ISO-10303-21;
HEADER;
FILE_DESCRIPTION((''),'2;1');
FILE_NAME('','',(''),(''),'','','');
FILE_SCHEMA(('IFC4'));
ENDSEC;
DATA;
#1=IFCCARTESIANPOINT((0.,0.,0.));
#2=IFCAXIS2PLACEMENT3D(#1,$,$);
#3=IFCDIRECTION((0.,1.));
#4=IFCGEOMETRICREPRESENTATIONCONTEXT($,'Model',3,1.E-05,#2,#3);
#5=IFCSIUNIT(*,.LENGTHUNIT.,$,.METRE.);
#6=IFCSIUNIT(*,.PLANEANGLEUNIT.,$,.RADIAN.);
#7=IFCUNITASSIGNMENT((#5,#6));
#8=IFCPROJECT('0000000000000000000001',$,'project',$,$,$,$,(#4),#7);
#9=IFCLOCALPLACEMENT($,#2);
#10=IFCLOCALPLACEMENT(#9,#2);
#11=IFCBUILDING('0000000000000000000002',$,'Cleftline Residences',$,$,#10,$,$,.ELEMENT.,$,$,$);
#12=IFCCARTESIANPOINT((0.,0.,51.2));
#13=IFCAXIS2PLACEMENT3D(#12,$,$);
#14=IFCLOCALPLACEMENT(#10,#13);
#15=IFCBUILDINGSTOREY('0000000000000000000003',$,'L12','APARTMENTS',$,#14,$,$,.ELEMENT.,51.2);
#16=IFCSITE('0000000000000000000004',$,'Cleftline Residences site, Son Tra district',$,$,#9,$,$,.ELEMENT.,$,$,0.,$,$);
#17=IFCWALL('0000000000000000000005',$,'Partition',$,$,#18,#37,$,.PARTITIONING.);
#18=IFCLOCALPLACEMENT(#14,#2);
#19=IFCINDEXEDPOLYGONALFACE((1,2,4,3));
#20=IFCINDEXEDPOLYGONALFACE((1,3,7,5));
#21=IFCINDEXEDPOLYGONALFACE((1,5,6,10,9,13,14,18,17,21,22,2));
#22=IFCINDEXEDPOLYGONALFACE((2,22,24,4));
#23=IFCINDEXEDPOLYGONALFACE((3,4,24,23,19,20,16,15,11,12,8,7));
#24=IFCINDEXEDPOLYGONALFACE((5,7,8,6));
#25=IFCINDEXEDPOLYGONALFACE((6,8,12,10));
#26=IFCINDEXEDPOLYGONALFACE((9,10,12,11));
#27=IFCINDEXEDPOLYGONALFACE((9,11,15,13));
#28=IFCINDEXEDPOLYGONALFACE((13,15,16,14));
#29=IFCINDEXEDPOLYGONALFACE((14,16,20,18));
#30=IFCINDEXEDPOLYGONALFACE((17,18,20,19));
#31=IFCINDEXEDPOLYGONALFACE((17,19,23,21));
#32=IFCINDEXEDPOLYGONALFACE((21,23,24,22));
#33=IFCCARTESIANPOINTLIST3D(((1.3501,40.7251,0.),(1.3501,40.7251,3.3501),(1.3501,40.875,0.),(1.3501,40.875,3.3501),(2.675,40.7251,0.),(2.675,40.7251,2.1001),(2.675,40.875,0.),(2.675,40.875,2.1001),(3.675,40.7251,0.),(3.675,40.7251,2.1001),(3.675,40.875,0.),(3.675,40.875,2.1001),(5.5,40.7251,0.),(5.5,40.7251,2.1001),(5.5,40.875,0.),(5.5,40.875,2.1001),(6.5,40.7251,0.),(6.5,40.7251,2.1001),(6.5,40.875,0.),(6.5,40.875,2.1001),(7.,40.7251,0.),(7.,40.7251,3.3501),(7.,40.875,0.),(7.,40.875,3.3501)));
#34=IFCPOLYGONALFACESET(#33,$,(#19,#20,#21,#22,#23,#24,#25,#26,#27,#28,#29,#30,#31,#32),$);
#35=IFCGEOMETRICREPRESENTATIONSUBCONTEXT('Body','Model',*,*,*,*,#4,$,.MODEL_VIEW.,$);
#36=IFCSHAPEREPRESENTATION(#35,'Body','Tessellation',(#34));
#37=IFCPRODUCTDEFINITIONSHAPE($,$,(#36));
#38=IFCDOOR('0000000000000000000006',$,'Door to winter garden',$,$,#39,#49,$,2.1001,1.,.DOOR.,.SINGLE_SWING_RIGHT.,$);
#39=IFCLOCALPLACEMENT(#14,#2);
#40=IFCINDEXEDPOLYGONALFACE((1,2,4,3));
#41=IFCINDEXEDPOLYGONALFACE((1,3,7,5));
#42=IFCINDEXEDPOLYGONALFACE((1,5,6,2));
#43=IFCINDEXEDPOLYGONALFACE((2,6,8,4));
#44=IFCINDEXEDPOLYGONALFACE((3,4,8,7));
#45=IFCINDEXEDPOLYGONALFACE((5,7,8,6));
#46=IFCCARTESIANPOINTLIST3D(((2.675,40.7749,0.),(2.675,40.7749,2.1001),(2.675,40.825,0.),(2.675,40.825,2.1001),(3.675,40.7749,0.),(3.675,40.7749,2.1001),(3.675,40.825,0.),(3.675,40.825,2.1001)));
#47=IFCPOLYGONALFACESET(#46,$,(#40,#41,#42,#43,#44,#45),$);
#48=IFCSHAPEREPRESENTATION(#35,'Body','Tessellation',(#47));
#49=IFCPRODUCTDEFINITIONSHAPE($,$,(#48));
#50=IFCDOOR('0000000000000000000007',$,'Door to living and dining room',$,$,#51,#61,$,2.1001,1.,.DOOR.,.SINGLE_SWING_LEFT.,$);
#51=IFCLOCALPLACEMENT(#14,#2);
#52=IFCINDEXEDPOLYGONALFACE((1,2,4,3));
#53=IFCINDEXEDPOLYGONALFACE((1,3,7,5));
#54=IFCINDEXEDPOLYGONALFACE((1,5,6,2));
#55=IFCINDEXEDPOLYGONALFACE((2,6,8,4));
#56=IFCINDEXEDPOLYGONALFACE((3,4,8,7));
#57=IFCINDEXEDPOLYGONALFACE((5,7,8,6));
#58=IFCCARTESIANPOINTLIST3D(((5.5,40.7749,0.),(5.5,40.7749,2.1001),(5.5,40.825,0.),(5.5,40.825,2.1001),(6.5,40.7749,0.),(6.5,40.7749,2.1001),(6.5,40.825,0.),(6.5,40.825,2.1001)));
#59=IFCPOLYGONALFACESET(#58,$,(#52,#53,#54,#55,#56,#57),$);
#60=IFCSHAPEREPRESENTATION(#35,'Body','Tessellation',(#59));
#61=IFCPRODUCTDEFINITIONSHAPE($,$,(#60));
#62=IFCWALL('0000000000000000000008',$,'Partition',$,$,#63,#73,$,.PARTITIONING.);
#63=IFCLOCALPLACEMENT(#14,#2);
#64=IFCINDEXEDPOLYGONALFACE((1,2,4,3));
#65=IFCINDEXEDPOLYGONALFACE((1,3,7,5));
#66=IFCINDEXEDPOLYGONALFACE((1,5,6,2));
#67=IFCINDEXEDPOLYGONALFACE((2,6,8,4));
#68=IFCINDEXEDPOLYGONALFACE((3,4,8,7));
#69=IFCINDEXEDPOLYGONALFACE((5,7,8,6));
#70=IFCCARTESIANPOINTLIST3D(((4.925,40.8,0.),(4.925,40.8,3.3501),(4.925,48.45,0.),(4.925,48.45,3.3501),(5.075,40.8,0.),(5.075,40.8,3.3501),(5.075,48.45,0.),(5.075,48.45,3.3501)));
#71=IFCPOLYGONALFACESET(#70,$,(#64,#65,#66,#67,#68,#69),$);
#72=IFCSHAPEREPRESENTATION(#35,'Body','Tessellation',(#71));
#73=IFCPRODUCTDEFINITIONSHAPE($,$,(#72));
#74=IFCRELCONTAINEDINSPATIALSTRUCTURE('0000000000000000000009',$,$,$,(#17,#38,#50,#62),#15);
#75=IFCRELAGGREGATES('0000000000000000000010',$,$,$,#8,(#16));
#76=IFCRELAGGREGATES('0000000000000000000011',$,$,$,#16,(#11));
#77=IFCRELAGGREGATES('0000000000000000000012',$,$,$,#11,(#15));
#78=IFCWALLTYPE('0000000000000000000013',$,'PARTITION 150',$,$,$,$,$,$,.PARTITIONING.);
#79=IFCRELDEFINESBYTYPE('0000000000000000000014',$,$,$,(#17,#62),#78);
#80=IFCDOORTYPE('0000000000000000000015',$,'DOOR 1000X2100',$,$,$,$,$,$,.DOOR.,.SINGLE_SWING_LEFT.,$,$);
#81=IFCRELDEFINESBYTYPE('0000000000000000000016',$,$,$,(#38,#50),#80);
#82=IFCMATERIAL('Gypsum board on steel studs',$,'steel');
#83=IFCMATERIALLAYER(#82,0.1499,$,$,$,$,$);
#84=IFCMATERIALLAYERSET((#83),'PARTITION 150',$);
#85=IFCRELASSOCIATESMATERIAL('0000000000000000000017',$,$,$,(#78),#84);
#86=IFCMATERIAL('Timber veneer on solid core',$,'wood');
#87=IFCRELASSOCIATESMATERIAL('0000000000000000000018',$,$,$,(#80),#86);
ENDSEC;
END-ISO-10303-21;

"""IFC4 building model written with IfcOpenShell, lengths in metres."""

from ifc_helpers import new_model, si_unit, direction, frame, frame_2d, origin, place, context, subcontext, project, spatial, rectangle, extrude, material, layer, layer_set, type_object, element, fill, save


model = new_model("IFC4")

# Units and contexts
model_context = context("Model", 3, precision=1e-05, world=origin(), true_north=direction((0.0, 1.0)))
body_context = subcontext(model_context, "Body", "Model", "MODEL_VIEW")
ifc_project = project(units=[si_unit("LENGTHUNIT", "METRE"), si_unit("PLANEANGLEUNIT", "RADIAN")], contexts=[model_context])

# Site, building, storey
site_placement = place(None, origin())
site = spatial("IfcSite", under=ifc_project, at=site_placement, Name="Cleftline Residences site, Son Tra district", CompositionType="ELEMENT", RefElevation=0.0)
building_placement = place(site_placement, origin())
building = spatial("IfcBuilding", under=site, at=building_placement, Name="Cleftline Residences", CompositionType="ELEMENT")
storey_placement = place(building_placement, frame((0.0, 0.0, 51.2)))
storey = spatial("IfcBuildingStorey", under=building, at=storey_placement, Name="L12", Description="APARTMENTS", CompositionType="ELEMENT", Elevation=51.2)

# Wall, openings, doors
ifc_material_1 = material(Name="Gypsum board on steel studs", Category="steel")
ifc_layer_1 = layer(ifc_material_1, 0.1499)
ifc_layer_set_1 = layer_set([ifc_layer_1], Name="PARTITION 150")
wall_type_1 = type_object("IfcWallType", Name="PARTITION 150", PredefinedType="PARTITIONING", material=ifc_layer_set_1)
wall_1_placement = place(storey_placement, frame((1.3501, 40.8, 0.0), z_axis=(0.0, 0.0, 1.0), x_axis=(1.0, 0.0, 0.0)))
wall_1 = element("IfcWall", 1, at=wall_1_placement, inside=storey, type_object=wall_type_1, Name="Partition", PredefinedType="PARTITIONING", context=body_context, shape_type="SweptSolid", body=[
    extrude(rectangle(XDim=5.6499, YDim=0.1499, at=frame_2d((2.825, 0.0))), origin(), (0.0, 0.0, 1.0), 3.3501),
])
opening_1_placement = place(wall_1_placement, frame((1.325, 0.0, 0.0)))
opening_1 = element("IfcOpeningElement", 2, at=opening_1_placement, cuts=wall_1, PredefinedType="OPENING", context=body_context, shape_type="SweptSolid", body=[
    extrude(rectangle(XDim=1.0, YDim=2.1001, at=frame_2d((0.5, 1.05))), frame((0.0, 0.085, 0.0), z_axis=(0.0, -1.0, 0.0), x_axis=(1.0, 0.0, 0.0)), (0.0, 0.0, 1.0), 0.1699),
])
opening_2_placement = place(wall_1_placement, frame((4.1499, 0.0, 0.0)))
opening_2 = element("IfcOpeningElement", 3, at=opening_2_placement, cuts=wall_1, PredefinedType="OPENING", context=body_context, shape_type="SweptSolid", body=[
    extrude(rectangle(XDim=1.0, YDim=2.1001, at=frame_2d((0.5, 1.05))), frame((0.0, 0.085, 0.0), z_axis=(0.0, -1.0, 0.0), x_axis=(1.0, 0.0, 0.0)), (0.0, 0.0, 1.0), 0.1699),
])
ifc_material_2 = material(Name="Timber veneer on solid core", Category="wood")
door_type = type_object("IfcDoorType", Name="DOOR 1000X2100", OperationType="SINGLE_SWING_LEFT", PredefinedType="DOOR", material=ifc_material_2)
door_1_placement = place(opening_1_placement, origin())
door_1 = element("IfcDoor", 4, at=door_1_placement, inside=storey, type_object=door_type, Name="Door to winter garden", OperationType="SINGLE_SWING_RIGHT", OverallHeight=2.1001, OverallWidth=1.0, PredefinedType="DOOR", context=body_context, shape_type="SweptSolid", body=[
    extrude(rectangle(XDim=1.0, YDim=2.1001, at=frame_2d((0.5, 1.05))), frame((0.0, 0.0249, 0.0), z_axis=(0.0, -1.0, 0.0), x_axis=(1.0, 0.0, 0.0)), (0.0, 0.0, 1.0), 0.05),
])
fill(opening_1, door_1)
door_2_placement = place(opening_2_placement, origin())
door_2 = element("IfcDoor", 5, at=door_2_placement, inside=storey, type_object=door_type, Name="Door to living and dining room", OperationType="SINGLE_SWING_LEFT", OverallHeight=2.1001, OverallWidth=1.0, PredefinedType="DOOR", context=body_context, shape_type="SweptSolid", body=[
    extrude(rectangle(XDim=1.0, YDim=2.1001, at=frame_2d((0.5, 1.05))), frame((0.0, 0.0249, 0.0), z_axis=(0.0, -1.0, 0.0), x_axis=(1.0, 0.0, 0.0)), (0.0, 0.0, 1.0), 0.05),
])
fill(opening_2, door_2)

# Wall
wall_2_placement = place(storey_placement, frame((5.0, 40.8, 0.0), z_axis=(0.0, 0.0, 1.0), x_axis=(0.0, 1.0, 0.0)))
element("IfcWall", 6, at=wall_2_placement, inside=storey, type_object=wall_type_1, Name="Partition", PredefinedType="PARTITIONING", context=body_context, shape_type="SweptSolid", body=[
    extrude(rectangle(XDim=7.6499, YDim=0.1499, at=frame_2d((3.825, 0.0))), origin(), (0.0, 0.0, 1.0), 3.3501),
])

save(model, "model.ifc")
